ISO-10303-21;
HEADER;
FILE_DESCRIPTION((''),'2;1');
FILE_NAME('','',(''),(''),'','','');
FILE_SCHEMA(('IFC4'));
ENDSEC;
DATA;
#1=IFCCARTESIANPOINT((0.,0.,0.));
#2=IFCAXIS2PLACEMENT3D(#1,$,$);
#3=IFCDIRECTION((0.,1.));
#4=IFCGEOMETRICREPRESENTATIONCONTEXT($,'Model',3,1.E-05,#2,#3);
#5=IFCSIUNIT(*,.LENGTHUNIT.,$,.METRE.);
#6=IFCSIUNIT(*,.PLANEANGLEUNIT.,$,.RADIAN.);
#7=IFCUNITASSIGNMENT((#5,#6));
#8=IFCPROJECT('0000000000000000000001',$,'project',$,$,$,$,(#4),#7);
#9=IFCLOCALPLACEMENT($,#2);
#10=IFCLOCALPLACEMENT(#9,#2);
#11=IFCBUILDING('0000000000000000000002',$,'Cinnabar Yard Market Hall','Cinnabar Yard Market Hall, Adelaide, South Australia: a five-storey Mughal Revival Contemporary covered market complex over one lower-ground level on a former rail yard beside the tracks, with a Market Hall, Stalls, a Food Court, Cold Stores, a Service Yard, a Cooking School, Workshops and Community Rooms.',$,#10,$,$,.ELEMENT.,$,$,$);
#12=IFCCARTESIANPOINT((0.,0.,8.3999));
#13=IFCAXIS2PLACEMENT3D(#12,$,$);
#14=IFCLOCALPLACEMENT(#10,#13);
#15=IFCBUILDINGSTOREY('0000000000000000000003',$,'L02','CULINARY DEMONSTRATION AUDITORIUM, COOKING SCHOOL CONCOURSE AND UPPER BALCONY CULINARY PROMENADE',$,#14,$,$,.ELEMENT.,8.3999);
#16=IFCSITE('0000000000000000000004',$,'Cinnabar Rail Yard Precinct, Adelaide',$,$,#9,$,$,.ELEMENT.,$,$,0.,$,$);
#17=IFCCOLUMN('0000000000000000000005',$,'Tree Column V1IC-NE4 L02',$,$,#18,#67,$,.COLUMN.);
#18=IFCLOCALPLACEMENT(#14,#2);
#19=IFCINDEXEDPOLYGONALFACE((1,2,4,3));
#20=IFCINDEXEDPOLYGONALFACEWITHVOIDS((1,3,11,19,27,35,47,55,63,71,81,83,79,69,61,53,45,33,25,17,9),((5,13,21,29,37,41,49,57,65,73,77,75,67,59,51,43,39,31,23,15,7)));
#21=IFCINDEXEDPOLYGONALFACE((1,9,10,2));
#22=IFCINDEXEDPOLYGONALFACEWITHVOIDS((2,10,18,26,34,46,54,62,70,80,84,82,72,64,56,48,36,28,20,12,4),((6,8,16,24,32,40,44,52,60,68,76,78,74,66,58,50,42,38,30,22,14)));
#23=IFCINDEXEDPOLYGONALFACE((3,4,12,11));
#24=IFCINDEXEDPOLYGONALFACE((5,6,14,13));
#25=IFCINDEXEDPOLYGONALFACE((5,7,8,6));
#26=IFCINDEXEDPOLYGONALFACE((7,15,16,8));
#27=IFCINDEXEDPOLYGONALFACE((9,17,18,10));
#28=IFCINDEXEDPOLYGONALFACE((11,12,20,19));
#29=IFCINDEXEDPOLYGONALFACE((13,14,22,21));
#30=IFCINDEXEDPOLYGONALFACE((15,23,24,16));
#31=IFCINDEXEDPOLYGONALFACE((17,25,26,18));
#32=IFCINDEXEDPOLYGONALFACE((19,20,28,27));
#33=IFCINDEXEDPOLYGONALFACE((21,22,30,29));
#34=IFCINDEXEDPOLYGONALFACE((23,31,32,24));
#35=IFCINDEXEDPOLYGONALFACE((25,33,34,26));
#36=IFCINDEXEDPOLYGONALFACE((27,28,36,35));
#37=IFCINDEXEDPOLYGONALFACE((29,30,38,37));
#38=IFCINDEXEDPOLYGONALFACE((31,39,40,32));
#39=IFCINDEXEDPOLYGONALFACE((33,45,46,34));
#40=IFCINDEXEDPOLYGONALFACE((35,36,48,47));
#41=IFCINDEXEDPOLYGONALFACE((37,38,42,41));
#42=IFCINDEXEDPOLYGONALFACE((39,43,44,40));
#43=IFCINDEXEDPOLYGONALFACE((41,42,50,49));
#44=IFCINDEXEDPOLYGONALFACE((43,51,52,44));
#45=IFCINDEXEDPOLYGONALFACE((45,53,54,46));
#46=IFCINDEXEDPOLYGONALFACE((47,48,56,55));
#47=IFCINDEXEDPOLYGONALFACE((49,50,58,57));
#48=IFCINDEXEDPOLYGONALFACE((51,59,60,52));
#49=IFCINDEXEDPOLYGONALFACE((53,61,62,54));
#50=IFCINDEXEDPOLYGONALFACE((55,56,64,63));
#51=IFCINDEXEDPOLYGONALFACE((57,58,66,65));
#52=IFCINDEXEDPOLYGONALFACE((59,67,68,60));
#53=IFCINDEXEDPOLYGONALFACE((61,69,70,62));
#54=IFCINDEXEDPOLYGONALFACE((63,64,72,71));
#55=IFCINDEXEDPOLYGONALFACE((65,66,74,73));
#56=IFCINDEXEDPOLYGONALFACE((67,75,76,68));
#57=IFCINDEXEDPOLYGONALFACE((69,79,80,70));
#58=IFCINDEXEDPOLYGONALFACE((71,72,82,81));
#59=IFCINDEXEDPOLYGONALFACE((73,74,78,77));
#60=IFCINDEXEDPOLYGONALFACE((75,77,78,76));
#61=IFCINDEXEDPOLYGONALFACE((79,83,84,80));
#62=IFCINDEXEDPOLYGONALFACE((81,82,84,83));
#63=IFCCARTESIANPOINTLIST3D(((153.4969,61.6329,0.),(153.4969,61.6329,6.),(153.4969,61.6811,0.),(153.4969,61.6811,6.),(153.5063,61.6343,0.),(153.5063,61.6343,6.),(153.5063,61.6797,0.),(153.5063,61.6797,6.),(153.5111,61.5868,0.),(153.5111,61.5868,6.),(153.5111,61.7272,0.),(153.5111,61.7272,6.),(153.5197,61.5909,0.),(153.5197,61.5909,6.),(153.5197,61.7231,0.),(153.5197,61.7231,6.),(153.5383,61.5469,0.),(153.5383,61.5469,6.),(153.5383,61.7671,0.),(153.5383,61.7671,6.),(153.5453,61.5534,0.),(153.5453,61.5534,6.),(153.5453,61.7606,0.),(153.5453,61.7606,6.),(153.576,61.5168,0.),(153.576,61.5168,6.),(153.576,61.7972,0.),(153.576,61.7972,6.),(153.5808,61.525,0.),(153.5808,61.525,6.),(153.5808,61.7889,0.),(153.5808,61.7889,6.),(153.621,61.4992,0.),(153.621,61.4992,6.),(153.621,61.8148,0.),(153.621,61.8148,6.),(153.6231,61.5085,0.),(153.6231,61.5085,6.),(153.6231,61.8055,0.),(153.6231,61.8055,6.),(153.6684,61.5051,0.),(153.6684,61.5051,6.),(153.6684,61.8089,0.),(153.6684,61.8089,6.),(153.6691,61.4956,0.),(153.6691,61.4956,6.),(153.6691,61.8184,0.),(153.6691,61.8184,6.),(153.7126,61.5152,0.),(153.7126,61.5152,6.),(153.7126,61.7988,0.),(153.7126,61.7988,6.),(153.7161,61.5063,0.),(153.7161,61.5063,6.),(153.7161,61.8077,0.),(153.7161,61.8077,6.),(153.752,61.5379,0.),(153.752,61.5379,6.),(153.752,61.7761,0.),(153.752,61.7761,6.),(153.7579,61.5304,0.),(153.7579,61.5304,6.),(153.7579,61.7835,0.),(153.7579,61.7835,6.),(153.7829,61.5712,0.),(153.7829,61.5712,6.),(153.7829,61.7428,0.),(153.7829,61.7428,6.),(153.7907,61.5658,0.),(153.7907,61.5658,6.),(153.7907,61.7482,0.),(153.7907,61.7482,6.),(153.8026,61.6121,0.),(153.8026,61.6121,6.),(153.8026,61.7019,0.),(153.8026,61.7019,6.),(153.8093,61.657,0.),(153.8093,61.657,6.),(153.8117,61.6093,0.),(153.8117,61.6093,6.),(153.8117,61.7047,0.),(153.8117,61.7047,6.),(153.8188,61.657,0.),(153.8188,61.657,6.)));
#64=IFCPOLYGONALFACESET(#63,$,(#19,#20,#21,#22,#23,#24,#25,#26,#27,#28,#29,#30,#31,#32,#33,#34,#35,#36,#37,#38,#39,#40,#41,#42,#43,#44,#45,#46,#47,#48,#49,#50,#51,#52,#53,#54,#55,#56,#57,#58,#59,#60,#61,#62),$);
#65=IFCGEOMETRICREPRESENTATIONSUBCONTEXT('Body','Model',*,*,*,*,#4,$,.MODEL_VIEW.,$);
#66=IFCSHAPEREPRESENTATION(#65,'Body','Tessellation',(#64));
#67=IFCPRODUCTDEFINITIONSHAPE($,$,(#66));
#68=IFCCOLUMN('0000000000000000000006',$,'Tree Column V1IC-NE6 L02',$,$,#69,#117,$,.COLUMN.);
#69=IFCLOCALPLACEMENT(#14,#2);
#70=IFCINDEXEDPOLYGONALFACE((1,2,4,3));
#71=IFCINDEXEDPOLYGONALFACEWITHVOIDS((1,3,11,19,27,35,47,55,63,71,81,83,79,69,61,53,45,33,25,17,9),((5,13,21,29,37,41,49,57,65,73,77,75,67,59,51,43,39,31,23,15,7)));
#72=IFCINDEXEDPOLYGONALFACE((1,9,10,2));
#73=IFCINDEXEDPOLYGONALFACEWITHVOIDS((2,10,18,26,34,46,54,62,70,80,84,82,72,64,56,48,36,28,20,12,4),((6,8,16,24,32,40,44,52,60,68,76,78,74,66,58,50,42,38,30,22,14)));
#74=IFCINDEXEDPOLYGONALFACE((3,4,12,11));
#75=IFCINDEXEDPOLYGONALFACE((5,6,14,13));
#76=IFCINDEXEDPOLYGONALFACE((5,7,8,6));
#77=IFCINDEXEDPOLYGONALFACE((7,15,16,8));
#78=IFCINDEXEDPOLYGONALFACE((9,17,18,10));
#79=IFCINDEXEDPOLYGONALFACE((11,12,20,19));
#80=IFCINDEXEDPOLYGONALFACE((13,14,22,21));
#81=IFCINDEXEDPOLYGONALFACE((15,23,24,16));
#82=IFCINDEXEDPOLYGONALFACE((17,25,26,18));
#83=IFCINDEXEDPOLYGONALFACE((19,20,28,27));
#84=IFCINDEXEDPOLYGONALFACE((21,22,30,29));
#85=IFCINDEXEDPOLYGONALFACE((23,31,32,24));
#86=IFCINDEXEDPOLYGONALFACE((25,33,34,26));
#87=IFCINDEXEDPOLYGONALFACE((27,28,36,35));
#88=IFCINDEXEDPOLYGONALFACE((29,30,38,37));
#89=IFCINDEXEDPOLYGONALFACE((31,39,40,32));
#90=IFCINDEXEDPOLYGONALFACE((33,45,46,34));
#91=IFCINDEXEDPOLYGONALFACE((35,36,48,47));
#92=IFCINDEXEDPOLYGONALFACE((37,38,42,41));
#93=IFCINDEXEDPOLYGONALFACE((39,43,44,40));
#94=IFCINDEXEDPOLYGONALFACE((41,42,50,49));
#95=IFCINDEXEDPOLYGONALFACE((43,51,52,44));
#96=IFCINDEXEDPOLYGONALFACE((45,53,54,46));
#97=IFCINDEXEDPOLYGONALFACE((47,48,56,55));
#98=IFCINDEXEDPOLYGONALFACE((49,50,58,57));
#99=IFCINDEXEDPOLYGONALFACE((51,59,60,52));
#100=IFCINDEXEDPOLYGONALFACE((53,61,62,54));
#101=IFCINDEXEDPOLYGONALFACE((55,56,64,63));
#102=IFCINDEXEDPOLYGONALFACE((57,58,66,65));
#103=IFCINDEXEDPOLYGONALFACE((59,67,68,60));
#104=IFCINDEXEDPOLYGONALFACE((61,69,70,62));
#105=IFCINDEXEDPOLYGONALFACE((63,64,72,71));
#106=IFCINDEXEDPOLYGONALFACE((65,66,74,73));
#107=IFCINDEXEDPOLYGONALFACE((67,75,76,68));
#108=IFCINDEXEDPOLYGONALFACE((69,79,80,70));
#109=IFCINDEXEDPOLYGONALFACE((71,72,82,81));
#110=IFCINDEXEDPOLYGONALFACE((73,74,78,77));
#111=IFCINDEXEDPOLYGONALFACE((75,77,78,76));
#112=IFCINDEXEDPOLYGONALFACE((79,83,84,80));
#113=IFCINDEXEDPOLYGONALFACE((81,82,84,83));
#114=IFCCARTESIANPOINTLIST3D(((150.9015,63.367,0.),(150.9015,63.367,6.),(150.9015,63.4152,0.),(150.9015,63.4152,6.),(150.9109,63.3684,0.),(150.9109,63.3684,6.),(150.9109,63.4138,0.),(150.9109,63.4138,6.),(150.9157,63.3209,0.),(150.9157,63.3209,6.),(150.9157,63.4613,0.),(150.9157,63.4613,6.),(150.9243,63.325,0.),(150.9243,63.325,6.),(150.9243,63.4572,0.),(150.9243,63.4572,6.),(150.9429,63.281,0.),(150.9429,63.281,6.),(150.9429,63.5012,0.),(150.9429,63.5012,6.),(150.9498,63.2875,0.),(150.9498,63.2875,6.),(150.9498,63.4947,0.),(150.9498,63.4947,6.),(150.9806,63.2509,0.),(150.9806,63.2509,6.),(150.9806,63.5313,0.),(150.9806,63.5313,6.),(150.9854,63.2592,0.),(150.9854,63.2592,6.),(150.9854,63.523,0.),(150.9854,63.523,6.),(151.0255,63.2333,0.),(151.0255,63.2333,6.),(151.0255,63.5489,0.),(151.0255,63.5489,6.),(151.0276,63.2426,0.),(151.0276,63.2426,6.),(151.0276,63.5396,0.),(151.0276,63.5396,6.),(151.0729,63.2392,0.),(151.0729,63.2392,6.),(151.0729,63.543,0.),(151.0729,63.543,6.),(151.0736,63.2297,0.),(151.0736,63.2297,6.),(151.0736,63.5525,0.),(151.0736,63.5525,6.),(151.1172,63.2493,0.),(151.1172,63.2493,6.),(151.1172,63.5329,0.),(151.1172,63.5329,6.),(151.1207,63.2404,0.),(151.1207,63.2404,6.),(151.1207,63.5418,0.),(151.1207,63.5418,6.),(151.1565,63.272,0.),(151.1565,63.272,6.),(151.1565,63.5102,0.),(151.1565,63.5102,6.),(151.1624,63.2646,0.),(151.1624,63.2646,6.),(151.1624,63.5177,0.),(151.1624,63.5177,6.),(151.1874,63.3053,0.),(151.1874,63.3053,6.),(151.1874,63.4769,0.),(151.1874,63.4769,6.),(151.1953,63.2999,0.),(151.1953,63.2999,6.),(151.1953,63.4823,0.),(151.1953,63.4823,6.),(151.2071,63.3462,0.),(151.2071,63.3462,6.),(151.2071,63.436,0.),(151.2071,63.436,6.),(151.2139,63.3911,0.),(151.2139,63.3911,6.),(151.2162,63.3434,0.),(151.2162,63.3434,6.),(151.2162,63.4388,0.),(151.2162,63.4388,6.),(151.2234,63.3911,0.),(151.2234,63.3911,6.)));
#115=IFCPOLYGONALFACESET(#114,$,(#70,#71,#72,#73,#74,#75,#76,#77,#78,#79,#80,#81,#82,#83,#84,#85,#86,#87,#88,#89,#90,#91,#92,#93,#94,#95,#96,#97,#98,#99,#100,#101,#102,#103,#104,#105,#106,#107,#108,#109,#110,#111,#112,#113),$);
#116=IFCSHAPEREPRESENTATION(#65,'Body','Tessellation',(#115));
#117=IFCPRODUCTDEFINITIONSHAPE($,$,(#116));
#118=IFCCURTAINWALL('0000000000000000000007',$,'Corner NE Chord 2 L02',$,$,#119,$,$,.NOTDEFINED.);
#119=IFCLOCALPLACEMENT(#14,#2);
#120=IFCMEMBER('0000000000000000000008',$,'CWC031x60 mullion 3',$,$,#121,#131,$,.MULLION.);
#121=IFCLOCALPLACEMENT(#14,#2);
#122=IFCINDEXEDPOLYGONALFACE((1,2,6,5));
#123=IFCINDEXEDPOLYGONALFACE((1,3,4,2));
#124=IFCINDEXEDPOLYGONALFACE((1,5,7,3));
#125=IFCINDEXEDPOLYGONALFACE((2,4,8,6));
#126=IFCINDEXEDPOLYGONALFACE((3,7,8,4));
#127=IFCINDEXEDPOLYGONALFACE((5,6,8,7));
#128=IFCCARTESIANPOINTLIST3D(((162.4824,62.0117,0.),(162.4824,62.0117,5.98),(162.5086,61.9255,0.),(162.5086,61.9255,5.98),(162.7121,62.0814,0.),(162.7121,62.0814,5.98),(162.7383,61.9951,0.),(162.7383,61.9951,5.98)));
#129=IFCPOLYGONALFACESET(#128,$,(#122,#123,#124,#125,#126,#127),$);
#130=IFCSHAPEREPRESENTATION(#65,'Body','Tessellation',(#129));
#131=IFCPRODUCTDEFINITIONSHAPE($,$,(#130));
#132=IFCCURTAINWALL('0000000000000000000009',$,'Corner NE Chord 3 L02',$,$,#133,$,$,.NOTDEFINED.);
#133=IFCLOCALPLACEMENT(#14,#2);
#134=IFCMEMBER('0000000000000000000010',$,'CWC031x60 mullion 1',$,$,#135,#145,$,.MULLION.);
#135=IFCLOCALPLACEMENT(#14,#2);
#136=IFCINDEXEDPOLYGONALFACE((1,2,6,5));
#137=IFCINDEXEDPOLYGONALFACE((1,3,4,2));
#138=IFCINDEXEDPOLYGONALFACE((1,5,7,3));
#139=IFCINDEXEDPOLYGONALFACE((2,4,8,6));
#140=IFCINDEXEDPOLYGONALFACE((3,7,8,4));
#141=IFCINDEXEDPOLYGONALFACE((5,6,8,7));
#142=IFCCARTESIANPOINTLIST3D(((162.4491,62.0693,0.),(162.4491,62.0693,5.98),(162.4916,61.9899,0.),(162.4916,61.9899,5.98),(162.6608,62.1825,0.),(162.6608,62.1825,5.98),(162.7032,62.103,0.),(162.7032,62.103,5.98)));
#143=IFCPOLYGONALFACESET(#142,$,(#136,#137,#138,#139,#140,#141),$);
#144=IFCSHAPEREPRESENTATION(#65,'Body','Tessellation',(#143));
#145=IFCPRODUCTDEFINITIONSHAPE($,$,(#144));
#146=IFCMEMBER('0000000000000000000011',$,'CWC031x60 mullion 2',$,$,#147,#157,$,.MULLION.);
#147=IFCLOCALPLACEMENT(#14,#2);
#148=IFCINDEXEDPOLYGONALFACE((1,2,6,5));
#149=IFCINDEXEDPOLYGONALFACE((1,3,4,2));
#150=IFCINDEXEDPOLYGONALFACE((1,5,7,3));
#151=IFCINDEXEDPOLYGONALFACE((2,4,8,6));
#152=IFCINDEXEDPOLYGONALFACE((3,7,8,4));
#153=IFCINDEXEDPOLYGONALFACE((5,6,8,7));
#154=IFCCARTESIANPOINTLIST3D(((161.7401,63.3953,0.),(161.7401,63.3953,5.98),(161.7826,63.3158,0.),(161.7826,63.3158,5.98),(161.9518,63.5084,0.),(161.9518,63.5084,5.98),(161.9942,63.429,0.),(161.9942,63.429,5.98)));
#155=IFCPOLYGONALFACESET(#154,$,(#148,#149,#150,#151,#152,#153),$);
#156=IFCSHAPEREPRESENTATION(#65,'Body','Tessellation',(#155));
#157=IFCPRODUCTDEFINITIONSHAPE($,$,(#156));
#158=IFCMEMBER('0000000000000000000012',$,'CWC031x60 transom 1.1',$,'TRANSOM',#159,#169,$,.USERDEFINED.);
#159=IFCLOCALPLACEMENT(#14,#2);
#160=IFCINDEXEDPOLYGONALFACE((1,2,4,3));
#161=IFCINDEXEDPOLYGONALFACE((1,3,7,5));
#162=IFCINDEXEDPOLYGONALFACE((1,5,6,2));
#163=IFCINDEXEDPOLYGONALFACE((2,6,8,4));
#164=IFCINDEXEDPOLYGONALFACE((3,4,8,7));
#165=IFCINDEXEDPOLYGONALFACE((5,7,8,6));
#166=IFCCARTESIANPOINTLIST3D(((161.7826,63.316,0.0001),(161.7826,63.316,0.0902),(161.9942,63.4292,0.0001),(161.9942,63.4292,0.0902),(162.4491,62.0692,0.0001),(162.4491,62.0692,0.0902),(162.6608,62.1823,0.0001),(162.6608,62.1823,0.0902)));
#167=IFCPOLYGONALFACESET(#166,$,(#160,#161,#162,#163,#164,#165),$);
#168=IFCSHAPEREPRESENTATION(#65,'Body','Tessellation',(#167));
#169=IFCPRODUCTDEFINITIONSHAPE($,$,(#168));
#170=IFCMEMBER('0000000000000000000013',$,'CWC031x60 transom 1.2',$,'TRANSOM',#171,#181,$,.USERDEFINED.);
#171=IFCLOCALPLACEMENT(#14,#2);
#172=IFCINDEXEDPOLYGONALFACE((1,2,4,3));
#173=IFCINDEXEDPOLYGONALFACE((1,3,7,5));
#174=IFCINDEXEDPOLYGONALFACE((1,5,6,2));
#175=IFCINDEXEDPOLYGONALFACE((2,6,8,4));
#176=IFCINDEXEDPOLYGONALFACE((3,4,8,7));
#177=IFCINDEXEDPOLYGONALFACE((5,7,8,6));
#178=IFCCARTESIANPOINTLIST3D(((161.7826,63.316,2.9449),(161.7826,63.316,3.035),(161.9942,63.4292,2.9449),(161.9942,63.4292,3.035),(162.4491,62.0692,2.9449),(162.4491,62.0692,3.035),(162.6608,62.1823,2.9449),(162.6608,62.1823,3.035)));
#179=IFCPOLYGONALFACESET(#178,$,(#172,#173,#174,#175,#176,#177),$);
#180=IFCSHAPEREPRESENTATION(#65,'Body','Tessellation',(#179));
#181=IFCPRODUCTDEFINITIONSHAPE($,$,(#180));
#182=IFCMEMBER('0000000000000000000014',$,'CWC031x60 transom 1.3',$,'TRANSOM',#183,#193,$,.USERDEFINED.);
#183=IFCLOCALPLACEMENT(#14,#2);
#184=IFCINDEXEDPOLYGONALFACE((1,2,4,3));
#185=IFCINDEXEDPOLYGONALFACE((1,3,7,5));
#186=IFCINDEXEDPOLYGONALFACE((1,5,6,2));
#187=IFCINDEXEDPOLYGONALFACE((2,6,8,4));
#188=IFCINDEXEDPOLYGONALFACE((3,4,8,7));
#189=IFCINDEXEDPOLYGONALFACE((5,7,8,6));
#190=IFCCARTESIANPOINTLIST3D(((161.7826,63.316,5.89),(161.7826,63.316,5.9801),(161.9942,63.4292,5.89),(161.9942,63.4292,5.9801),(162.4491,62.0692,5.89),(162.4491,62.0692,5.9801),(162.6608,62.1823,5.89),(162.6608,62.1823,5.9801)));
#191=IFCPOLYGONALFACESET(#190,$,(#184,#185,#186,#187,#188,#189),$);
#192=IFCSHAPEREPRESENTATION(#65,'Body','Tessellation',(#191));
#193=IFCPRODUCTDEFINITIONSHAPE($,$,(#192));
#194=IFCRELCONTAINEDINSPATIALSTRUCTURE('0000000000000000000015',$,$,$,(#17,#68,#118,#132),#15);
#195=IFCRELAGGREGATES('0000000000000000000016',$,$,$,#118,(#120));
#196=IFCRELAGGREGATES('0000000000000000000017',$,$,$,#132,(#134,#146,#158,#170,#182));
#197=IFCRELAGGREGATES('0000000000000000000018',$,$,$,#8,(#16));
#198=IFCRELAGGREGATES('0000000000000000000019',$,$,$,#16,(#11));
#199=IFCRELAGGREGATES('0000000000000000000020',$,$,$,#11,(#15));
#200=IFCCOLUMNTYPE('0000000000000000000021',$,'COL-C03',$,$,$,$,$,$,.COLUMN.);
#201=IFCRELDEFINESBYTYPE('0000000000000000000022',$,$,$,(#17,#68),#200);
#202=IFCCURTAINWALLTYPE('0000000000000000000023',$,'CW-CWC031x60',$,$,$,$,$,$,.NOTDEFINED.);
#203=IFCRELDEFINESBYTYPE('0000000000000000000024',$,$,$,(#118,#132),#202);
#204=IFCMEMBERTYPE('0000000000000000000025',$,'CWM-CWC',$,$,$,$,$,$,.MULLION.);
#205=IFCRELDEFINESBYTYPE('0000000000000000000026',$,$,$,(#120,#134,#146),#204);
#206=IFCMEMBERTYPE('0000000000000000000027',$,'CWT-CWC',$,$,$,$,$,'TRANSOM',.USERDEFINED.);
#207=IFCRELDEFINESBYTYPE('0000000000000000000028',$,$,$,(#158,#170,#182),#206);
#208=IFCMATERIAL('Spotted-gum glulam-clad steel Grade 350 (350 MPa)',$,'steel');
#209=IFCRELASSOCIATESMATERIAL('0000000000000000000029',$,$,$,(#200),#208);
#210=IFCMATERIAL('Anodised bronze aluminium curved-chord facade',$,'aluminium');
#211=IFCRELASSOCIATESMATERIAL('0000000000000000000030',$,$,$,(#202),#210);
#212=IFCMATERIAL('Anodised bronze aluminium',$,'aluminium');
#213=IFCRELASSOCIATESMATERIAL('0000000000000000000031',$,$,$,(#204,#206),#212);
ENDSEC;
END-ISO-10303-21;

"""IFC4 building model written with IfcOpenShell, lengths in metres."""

from ifc_helpers import new_model, si_unit, direction, frame, origin, origin_2d_with_axis, place, context, subcontext, project, spatial, rectangle, hollow_circle, extrude, material, material_profile, profile_set, type_object, element, aggregate, save


model = new_model("IFC4")

# Units and contexts
model_context = context("Model", 3, precision=1e-05, world=origin(), true_north=direction((0.0, 1.0)))
body_context = subcontext(model_context, "Body", "Model", "MODEL_VIEW")
ifc_project = project(units=[si_unit("LENGTHUNIT", "METRE"), si_unit("PLANEANGLEUNIT", "RADIAN")], contexts=[model_context])

# Site, building, storey
site_placement = place(None, origin())
site = spatial("IfcSite", under=ifc_project, at=site_placement, Name="Cinnabar Rail Yard Precinct, Adelaide", CompositionType="ELEMENT", RefElevation=0.0)
building_placement = place(site_placement, origin())
building = spatial("IfcBuilding", under=site, at=building_placement, Name="Cinnabar Yard Market Hall", Description="Cinnabar Yard Market Hall, Adelaide, South Australia: a five-storey Mughal Revival Contemporary covered market complex over one lower-ground level on a former rail yard beside the tracks, with a Market Hall, Stalls, a Food Court, Cold Stores, a Service Yard, a Cooking School, Workshops and Community Rooms.", CompositionType="ELEMENT")
storey_placement = place(building_placement, frame((0.0, 0.0, 8.3999)))
storey = spatial("IfcBuildingStorey", under=building, at=storey_placement, Name="L02", Description="CULINARY DEMONSTRATION AUDITORIUM, COOKING SCHOOL CONCOURSE AND UPPER BALCONY CULINARY PROMENADE", CompositionType="ELEMENT", Elevation=8.3999)

# Columns
ifc_material_1 = material(Name="Spotted-gum glulam-clad steel Grade 350 (350 MPa)", Category="steel")
ifc_material_profile_1 = material_profile(ifc_material_1, hollow_circle(Radius=0.1619, WallThickness=0.0095, at=origin_2d_with_axis()), Name="323.9x9.5CHS")
ifc_profile_set_1 = profile_set([ifc_material_profile_1], Name="Spotted-gum glulam-clad steel Grade 350 (350 MPa)")
column_type_1 = type_object("IfcColumnType", Name="COL-C03", PredefinedType="COLUMN", material=ifc_profile_set_1)
for number, where, z_axis, x_axis, name in (
    (1, (153.657, 61.657, 0.0), (0.0, 0.0, 1.0), (1.0, 0.0, 0.0), "Tree Column V1IC-NE4 L02"),
    (2, (151.0615, 63.3911, 0.0), (0.0, 0.0, 1.0), (1.0, 0.0, 0.0), "Tree Column V1IC-NE6 L02"),
):
    element("IfcColumn", number, at=place(storey_placement, frame(where, z_axis=z_axis, x_axis=x_axis)), inside=storey, type_object=column_type_1, Name=name, PredefinedType="COLUMN", context=body_context, shape_type="SweptSolid", body=[
        extrude(hollow_circle(Radius=0.1619, WallThickness=0.0095, at=origin_2d_with_axis()), origin(), (0.0, 0.0, 1.0), 6.0),
    ])

# Curtain wall, member
ifc_material_2 = material(Name="Anodised bronze aluminium curved-chord facade", Category="aluminium")
curtain_wall_type = type_object("IfcCurtainWallType", Name="CW-CWC031x60", PredefinedType="NOTDEFINED", material=ifc_material_2)
curtain_wall_1_placement = place(storey_placement, origin())
curtain_wall_1 = element("IfcCurtainWall", 3, at=curtain_wall_1_placement, inside=storey, type_object=curtain_wall_type, Name="Corner NE Chord 2 L02", PredefinedType="NOTDEFINED")
ifc_material_3 = material(Name="Anodised bronze aluminium", Category="aluminium")
ifc_material_profile_2 = material_profile(ifc_material_3, rectangle(XDim=0.24, YDim=0.0901, at=origin_2d_with_axis()), Name="MUL-CWC")
ifc_profile_set_2 = profile_set([ifc_material_profile_2], Name="Anodised bronze aluminium")
member_type_1 = type_object("IfcMemberType", Name="CWM-CWC", PredefinedType="MULLION", material=ifc_profile_set_2)
member_1_placement = place(storey_placement, frame((162.6104, 62.0034, 0.0), z_axis=(0.0, 0.0, 1.0), x_axis=(-0.956942, -0.290279, 0.0)))
member_1 = element("IfcMember", 4, at=member_1_placement, type_object=member_type_1, Name="CWC031x60 mullion 3", PredefinedType="MULLION", context=body_context, shape_type="SweptSolid", body=[
    extrude(rectangle(XDim=0.24, YDim=0.0901, at=origin_2d_with_axis()), origin(), (0.0, 0.0, 1.0), 5.98),
])

# Curtain wall, members
curtain_wall_2_placement = place(storey_placement, origin())
curtain_wall_2 = element("IfcCurtainWall", 5, at=curtain_wall_2_placement, inside=storey, type_object=curtain_wall_type, Name="Corner NE Chord 3 L02", PredefinedType="NOTDEFINED")
member_2_placement = place(storey_placement, frame((162.5762, 62.0862, 0.0), z_axis=(0.0, 0.0, 1.0), x_axis=(-0.881917, -0.471404, 0.0)))
member_2 = element("IfcMember", 6, at=member_2_placement, type_object=member_type_1, Name="CWC031x60 mullion 1", PredefinedType="MULLION", context=body_context, shape_type="SweptSolid", body=[
    extrude(rectangle(XDim=0.24, YDim=0.0901, at=origin_2d_with_axis()), origin(), (0.0, 0.0, 1.0), 5.98),
])
member_3_placement = place(storey_placement, frame((161.8672, 63.4121, 0.0), z_axis=(0.0, 0.0, 1.0), x_axis=(-0.881917, -0.471404, 0.0)))
member_3 = element("IfcMember", 7, at=member_3_placement, type_object=member_type_1, Name="CWC031x60 mullion 2", PredefinedType="MULLION", context=body_context, shape_type="SweptSolid", body=[
    extrude(rectangle(XDim=0.24, YDim=0.0901, at=origin_2d_with_axis()), origin(), (0.0, 0.0, 1.0), 5.98),
])
ifc_material_profile_3 = material_profile(ifc_material_3, rectangle(XDim=0.24, YDim=0.0901, at=origin_2d_with_axis()), Name="TRN-CWC")
ifc_profile_set_3 = profile_set([ifc_material_profile_3], Name="Anodised bronze aluminium")
member_type_2 = type_object("IfcMemberType", Name="CWT-CWC", ElementType="TRANSOM", PredefinedType="USERDEFINED", material=ifc_profile_set_3)
member_4_placement = place(storey_placement, frame((162.5549, 62.1257, 0.0452), z_axis=(-0.471431, 0.881903, 0.0), x_axis=(-0.881903, -0.471431, 0.0)))
member_4 = element("IfcMember", 8, at=member_4_placement, type_object=member_type_2, Name="CWC031x60 transom 1.1", ObjectType="TRANSOM", PredefinedType="USERDEFINED", context=body_context, shape_type="SweptSolid", body=[
    extrude(rectangle(XDim=0.24, YDim=0.0901, at=origin_2d_with_axis()), origin(), (0.0, 0.0, 1.0), 1.4138),
])
member_5_placement = place(storey_placement, frame((162.5549, 62.1257, 2.99), z_axis=(-0.471431, 0.881903, 0.0), x_axis=(-0.881903, -0.471431, 0.0)))
member_5 = element("IfcMember", 9, at=member_5_placement, type_object=member_type_2, Name="CWC031x60 transom 1.2", ObjectType="TRANSOM", PredefinedType="USERDEFINED", context=body_context, shape_type="SweptSolid", body=[
    extrude(rectangle(XDim=0.24, YDim=0.0901, at=origin_2d_with_axis()), origin(), (0.0, 0.0, 1.0), 1.4138),
])
member_6_placement = place(storey_placement, frame((162.5549, 62.1257, 5.9351), z_axis=(-0.471431, 0.881903, 0.0), x_axis=(-0.881903, -0.471431, 0.0)))
member_6 = element("IfcMember", 10, at=member_6_placement, type_object=member_type_2, Name="CWC031x60 transom 1.3", ObjectType="TRANSOM", PredefinedType="USERDEFINED", context=body_context, shape_type="SweptSolid", body=[
    extrude(rectangle(XDim=0.24, YDim=0.0901, at=origin_2d_with_axis()), origin(), (0.0, 0.0, 1.0), 1.4138),
])

aggregate(curtain_wall_1, [member_1])
aggregate(curtain_wall_2, [member_2, member_3, member_4, member_5, member_6])

save(model, "model.ifc")
